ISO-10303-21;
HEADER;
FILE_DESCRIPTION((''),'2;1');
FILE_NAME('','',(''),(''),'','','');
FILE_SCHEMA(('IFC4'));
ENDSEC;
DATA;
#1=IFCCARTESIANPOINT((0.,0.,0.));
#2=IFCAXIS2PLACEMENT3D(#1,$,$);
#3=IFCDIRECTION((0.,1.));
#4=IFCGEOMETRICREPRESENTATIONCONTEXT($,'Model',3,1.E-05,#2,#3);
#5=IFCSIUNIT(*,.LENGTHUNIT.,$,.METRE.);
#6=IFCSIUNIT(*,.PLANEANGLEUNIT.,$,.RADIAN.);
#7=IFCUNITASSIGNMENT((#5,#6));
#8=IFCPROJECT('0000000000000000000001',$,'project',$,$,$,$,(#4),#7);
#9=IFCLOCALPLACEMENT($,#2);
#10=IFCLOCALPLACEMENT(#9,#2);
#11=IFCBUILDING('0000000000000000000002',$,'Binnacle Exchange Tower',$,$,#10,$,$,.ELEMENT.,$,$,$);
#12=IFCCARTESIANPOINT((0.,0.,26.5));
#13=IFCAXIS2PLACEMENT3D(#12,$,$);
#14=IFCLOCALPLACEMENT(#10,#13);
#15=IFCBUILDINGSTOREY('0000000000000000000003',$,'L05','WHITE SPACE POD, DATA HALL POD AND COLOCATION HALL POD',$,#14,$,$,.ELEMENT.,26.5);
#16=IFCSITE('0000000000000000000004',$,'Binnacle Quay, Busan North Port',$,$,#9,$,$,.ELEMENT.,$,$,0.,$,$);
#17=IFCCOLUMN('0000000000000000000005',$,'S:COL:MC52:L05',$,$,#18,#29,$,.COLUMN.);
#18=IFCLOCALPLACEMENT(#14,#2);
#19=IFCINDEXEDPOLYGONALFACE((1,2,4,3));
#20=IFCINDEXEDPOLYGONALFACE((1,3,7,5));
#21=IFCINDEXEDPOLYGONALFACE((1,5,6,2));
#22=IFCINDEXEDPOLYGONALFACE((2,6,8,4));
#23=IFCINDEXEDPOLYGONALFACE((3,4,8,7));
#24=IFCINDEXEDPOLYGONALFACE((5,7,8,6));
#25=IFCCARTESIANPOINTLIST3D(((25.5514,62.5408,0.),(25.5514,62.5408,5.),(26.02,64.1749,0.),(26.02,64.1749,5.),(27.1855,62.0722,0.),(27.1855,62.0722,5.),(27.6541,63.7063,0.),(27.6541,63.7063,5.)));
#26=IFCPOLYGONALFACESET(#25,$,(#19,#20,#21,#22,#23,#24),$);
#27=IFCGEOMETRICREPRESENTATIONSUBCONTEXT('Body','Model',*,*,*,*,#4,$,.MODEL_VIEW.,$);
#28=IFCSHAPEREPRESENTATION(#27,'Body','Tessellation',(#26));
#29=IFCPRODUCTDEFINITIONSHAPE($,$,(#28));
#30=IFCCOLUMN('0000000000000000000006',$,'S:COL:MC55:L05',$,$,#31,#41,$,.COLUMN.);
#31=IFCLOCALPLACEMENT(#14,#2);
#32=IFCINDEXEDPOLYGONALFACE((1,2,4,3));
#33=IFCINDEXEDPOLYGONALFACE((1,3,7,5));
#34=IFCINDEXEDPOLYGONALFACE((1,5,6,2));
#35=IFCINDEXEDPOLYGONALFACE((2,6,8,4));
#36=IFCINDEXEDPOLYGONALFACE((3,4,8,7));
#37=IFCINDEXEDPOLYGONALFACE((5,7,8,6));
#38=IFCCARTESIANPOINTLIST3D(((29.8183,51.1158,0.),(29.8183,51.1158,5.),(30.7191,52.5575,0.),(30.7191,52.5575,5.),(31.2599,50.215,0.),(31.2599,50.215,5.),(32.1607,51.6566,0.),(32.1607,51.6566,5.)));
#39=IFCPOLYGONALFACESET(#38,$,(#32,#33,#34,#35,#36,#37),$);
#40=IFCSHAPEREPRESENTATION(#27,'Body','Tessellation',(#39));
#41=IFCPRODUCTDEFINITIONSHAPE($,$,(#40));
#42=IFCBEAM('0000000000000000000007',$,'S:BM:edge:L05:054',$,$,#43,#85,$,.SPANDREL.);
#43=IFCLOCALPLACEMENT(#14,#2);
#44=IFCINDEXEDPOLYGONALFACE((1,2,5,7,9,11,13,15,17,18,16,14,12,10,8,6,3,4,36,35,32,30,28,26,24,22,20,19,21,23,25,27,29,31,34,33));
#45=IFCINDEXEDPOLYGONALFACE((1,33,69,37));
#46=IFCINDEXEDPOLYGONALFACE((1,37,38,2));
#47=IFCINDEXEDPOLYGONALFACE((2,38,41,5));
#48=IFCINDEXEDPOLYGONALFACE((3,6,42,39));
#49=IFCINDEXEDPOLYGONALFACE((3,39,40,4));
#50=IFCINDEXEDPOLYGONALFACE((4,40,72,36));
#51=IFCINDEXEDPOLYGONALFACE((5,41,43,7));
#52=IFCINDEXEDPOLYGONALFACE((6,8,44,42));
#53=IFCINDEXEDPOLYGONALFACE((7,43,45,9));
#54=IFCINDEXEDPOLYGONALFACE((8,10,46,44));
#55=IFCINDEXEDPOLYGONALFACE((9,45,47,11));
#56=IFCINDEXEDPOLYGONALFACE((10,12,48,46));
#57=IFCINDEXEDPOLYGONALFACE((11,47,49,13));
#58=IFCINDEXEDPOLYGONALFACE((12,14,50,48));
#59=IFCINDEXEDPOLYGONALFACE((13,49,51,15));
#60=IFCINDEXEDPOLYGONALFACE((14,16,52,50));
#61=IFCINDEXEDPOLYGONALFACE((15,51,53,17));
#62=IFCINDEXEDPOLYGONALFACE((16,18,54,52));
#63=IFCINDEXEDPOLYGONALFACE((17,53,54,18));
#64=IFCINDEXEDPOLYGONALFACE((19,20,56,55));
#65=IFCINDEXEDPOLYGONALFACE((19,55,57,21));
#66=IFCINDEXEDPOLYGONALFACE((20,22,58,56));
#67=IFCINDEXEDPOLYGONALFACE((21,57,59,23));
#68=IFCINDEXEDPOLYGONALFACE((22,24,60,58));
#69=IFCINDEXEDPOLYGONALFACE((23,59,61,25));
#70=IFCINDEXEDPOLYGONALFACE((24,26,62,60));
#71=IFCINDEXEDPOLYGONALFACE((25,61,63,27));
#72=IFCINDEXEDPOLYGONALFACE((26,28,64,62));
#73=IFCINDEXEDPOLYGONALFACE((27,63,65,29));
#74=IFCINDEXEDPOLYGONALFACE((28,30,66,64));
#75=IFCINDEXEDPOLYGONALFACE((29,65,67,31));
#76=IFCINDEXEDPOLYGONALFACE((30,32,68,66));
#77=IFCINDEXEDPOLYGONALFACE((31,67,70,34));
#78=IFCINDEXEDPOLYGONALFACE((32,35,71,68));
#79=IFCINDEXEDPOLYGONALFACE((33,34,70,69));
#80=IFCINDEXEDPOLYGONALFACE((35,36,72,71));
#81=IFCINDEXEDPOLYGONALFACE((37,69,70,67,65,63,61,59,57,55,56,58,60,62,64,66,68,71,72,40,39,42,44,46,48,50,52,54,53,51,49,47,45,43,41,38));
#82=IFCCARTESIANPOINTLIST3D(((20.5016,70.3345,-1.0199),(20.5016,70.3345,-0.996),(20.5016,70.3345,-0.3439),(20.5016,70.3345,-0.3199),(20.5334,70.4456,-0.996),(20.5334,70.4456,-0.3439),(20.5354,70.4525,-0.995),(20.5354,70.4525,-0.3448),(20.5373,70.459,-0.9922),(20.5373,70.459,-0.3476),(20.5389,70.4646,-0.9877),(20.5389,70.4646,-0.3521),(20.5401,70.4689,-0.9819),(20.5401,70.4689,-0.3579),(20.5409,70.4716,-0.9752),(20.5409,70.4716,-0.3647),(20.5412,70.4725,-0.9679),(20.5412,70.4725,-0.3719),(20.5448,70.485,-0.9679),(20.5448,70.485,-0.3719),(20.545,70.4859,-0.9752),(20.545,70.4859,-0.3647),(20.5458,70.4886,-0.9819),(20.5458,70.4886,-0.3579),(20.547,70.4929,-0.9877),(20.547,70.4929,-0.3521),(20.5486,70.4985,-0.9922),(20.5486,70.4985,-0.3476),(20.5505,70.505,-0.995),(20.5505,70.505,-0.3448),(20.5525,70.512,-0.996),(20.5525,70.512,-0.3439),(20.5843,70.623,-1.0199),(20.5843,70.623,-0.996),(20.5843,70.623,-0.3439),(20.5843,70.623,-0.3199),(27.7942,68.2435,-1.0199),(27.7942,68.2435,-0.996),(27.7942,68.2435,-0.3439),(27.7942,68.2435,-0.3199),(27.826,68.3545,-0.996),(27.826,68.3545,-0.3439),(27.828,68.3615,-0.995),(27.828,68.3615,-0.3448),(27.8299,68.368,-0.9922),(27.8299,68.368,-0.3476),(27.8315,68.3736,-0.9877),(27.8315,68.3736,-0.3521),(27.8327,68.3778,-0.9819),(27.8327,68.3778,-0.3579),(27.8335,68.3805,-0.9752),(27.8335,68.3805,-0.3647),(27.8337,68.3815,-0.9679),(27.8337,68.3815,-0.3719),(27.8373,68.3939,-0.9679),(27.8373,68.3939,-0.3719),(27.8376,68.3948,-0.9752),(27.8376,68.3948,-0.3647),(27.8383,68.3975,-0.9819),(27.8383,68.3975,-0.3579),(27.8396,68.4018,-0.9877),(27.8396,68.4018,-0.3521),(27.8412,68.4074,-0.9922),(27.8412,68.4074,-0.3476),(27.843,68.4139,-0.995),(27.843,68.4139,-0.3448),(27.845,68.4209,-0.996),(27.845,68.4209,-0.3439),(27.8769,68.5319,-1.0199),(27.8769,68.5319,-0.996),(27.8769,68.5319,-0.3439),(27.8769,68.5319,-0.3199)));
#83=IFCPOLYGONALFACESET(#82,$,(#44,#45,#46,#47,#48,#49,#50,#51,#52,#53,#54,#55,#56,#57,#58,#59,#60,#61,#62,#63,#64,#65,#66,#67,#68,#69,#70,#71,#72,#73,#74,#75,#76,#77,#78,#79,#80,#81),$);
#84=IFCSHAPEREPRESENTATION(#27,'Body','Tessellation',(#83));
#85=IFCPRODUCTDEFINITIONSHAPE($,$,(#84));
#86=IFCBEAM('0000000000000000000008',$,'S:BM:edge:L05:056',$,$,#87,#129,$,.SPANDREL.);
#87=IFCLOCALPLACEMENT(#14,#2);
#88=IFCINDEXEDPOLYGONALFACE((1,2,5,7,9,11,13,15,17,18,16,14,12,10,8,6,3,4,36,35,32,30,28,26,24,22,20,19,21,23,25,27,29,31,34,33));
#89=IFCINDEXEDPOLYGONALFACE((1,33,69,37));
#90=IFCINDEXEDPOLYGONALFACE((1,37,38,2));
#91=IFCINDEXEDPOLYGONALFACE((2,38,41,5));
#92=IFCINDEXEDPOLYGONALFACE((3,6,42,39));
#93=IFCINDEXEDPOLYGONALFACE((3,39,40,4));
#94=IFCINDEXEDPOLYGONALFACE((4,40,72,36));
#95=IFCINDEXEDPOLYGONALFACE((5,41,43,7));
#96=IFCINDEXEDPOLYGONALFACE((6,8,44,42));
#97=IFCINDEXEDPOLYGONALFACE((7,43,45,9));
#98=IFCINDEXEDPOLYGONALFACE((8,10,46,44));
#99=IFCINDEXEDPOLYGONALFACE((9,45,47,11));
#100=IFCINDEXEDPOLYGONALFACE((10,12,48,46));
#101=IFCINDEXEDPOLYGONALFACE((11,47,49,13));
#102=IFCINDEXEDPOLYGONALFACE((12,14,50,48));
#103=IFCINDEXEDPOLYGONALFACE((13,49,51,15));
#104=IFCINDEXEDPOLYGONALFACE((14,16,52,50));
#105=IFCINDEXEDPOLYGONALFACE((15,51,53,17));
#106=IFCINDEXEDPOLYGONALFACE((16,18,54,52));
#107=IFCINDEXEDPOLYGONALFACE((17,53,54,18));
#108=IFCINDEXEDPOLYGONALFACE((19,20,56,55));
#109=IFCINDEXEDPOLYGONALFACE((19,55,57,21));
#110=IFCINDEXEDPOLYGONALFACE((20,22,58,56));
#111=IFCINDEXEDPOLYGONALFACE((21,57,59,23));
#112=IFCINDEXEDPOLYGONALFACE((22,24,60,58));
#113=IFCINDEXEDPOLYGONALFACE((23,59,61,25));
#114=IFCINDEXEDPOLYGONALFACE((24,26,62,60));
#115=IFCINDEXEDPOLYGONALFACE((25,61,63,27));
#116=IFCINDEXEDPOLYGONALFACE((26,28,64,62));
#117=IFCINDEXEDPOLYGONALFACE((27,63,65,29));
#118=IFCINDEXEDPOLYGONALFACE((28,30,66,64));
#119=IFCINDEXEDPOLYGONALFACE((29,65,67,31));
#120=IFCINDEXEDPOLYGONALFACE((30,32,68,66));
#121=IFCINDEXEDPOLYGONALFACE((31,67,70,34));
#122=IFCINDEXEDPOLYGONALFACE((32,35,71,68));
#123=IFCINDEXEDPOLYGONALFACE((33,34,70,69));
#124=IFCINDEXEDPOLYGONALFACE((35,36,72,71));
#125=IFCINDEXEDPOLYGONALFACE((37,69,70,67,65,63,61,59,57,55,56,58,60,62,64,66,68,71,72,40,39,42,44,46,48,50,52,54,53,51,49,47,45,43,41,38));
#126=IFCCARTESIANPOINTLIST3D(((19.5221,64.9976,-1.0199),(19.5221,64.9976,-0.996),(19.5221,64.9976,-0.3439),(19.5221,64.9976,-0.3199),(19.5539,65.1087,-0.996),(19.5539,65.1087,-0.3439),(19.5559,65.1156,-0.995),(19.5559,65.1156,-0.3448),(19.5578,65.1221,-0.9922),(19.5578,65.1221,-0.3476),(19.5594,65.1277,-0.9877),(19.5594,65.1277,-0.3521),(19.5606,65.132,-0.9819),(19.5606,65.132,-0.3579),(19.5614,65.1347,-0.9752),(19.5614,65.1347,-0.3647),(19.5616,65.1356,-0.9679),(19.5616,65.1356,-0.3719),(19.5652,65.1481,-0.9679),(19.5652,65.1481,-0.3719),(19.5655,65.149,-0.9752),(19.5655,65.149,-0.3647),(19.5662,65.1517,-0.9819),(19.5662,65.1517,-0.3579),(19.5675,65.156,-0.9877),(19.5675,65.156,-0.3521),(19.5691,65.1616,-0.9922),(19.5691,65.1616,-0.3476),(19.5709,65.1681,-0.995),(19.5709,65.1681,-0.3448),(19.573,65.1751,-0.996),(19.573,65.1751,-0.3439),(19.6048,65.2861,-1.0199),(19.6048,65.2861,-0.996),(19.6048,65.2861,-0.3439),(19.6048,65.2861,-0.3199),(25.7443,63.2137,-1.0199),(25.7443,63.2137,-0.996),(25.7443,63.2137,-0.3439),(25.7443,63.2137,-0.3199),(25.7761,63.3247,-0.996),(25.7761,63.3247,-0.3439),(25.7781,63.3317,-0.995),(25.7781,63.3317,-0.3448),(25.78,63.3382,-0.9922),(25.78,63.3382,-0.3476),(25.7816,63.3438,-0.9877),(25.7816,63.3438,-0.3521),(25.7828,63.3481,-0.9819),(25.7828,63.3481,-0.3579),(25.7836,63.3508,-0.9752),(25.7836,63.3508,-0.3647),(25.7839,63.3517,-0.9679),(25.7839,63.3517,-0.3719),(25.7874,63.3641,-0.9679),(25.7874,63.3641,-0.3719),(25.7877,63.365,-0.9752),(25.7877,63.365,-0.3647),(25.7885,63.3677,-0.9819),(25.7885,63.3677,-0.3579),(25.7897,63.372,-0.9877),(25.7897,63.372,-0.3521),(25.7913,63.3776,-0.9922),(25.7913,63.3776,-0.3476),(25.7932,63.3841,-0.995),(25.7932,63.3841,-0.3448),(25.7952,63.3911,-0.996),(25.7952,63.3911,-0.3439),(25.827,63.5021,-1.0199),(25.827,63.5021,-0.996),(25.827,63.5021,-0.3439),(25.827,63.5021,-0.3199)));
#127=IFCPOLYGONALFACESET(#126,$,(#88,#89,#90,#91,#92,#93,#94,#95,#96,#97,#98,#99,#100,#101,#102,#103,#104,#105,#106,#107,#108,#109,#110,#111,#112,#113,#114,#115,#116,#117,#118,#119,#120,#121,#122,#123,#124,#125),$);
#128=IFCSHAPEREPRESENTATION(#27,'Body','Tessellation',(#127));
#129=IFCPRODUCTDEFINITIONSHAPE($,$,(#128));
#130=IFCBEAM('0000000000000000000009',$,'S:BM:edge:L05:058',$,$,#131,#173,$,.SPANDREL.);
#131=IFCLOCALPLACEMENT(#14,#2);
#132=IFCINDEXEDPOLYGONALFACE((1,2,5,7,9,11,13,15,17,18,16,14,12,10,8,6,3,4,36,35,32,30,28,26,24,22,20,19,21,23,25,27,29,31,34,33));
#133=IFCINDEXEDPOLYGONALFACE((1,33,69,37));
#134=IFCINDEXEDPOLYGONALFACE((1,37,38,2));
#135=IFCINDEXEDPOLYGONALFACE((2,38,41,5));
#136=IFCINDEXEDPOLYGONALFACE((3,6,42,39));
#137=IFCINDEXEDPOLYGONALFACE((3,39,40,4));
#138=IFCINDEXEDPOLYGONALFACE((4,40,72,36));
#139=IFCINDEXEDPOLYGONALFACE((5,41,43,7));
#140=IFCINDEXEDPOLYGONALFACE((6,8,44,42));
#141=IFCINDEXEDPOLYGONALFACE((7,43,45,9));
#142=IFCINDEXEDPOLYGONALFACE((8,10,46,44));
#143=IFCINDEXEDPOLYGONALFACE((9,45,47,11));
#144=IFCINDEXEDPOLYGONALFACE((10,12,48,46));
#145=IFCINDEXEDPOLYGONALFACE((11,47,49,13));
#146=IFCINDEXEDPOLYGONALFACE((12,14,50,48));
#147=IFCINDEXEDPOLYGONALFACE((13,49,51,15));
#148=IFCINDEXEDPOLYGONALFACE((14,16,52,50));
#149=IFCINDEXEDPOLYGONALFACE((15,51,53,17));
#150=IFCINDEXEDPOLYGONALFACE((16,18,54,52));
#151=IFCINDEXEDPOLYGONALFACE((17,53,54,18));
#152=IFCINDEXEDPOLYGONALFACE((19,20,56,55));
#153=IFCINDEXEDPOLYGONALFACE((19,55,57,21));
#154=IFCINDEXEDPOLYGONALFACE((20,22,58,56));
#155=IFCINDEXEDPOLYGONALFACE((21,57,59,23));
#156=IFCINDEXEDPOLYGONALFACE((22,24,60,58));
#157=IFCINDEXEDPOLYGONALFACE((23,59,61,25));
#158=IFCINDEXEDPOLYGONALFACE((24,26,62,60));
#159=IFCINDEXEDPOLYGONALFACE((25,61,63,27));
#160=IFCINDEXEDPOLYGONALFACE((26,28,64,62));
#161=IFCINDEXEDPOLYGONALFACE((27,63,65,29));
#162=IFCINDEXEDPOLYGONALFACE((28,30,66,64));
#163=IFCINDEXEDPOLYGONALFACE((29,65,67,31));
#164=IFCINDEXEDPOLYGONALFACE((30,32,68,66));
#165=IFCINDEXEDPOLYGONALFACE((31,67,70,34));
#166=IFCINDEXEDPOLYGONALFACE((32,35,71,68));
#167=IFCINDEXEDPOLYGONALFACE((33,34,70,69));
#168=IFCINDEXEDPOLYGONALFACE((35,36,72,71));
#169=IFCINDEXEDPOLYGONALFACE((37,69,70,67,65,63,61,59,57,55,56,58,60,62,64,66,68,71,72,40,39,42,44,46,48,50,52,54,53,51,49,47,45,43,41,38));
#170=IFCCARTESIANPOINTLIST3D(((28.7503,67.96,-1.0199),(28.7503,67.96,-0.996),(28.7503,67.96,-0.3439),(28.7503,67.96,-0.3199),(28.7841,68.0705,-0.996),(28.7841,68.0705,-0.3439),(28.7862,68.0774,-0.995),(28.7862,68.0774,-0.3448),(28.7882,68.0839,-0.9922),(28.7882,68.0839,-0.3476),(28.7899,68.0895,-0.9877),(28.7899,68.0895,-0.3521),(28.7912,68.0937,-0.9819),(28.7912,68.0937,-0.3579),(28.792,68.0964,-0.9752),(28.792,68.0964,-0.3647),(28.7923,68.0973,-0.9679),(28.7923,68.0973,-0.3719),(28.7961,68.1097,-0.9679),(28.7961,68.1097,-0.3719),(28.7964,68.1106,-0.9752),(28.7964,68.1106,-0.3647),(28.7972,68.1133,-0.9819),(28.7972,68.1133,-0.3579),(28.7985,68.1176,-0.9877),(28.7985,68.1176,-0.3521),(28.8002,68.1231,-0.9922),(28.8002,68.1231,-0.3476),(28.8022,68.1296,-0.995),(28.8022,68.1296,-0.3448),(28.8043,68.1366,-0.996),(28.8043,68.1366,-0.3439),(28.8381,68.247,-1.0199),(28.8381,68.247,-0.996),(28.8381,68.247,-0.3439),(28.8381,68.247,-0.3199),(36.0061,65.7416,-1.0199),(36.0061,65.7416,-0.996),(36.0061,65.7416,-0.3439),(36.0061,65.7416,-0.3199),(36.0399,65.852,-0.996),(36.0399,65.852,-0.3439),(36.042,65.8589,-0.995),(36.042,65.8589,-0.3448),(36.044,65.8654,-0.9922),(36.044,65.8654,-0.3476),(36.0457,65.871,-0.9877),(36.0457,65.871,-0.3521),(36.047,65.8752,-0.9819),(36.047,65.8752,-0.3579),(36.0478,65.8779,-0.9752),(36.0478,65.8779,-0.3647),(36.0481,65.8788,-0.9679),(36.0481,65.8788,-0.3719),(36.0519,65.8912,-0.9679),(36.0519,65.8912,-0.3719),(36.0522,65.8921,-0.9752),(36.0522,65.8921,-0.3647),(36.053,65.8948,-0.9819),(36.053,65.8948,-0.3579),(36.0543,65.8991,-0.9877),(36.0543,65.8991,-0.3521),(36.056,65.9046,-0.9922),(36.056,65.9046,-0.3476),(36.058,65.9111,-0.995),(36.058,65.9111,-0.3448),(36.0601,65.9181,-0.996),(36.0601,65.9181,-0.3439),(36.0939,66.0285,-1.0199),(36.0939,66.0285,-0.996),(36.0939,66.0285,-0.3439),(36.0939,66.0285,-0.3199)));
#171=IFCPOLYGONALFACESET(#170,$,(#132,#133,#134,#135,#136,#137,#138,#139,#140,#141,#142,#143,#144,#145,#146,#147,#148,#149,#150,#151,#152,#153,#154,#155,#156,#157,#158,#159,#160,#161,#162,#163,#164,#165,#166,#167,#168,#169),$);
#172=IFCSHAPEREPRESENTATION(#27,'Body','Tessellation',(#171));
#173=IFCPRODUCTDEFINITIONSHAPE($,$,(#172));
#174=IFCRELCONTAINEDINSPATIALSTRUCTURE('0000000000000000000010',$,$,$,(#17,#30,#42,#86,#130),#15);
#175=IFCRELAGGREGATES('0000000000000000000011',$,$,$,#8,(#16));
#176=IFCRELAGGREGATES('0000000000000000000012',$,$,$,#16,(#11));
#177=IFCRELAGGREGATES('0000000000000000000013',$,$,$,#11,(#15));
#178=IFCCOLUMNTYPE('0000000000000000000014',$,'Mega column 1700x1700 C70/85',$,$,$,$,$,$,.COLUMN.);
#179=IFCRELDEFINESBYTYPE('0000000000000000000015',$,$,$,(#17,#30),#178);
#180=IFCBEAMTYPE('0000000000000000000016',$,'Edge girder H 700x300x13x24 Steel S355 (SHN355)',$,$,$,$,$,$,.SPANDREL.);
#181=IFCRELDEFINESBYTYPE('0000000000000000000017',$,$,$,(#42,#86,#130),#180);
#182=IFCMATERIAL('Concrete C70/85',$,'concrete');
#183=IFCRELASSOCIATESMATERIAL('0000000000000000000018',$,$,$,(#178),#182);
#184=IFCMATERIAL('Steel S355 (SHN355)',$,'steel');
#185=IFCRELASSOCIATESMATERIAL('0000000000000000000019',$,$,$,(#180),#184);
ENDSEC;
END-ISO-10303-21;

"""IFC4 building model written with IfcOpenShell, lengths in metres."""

from ifc_helpers import new_model, si_unit, direction, frame, origin, origin_2d, place, context, subcontext, project, spatial, rectangle, i_section, extrude, material, material_profile, profile_set, type_object, element, save


model = new_model("IFC4")

# Units and contexts
model_context = context("Model", 3, precision=1e-05, world=origin(), true_north=direction((0.0, 1.0)))
body_context = subcontext(model_context, "Body", "Model", "MODEL_VIEW")
ifc_project = project(units=[si_unit("LENGTHUNIT", "METRE"), si_unit("PLANEANGLEUNIT", "RADIAN")], contexts=[model_context])

# Site, building, storey
site_placement = place(None, origin())
site = spatial("IfcSite", under=ifc_project, at=site_placement, Name="Binnacle Quay, Busan North Port", CompositionType="ELEMENT", RefElevation=0.0)
building_placement = place(site_placement, origin())
building = spatial("IfcBuilding", under=site, at=building_placement, Name="Binnacle Exchange Tower", CompositionType="ELEMENT")
storey_placement = place(building_placement, frame((0.0, 0.0, 26.5)))
storey = spatial("IfcBuildingStorey", under=building, at=storey_placement, Name="L05", Description="WHITE SPACE POD, DATA HALL POD AND COLOCATION HALL POD", CompositionType="ELEMENT", Elevation=26.5)

# Columns
ifc_material_1 = material(Name="Concrete C70/85", Category="concrete")
ifc_material_profile_1 = material_profile(ifc_material_1, rectangle(XDim=1.7, YDim=1.7, at=origin_2d()), Name="Mega column 1700x1700 C70/85")
ifc_profile_set_1 = profile_set([ifc_material_profile_1], Name="Concrete C70/85")
column_type = type_object("IfcColumnType", Name="Mega column 1700x1700 C70/85", PredefinedType="COLUMN", material=ifc_profile_set_1)
for number, where, z_axis, x_axis, name in (
    (1, (26.6028, 63.1235, 0.0), (0.0, 0.0, 1.0), (-0.961262, 0.275637, 0.0), "S:COL:MC52:L05"),
    (2, (30.9895, 51.3862, 0.0), (0.0, 0.0, 1.0), (0.529919, 0.848048, 0.0), "S:COL:MC55:L05"),
):
    element("IfcColumn", number, at=place(storey_placement, frame(where, z_axis=z_axis, x_axis=x_axis)), inside=storey, type_object=column_type, Name=name, PredefinedType="COLUMN", context=body_context, shape_type="SweptSolid", body=[
        extrude(rectangle(XDim=1.7, YDim=1.7, at=origin_2d()), origin(), (0.0, 0.0, 1.0), 5.0),
    ])

# Beams
ifc_material_2 = material(Name="Steel S355 (SHN355)", Category="steel")
ifc_material_profile_2 = material_profile(ifc_material_2, i_section(OverallWidth=0.3, OverallDepth=0.7, WebThickness=0.0129, FlangeThickness=0.0239, FilletRadius=0.0281, at=origin_2d()), Name="H 700x300x13x24")
ifc_profile_set_2 = profile_set([ifc_material_profile_2], Name="Steel S355 (SHN355)")
beam_type_1 = type_object("IfcBeamType", Name="Edge girder H 700x300x13x24 Steel S355 (SHN355)", PredefinedType="SPANDREL", material=ifc_profile_set_2)
beam_1_placement = place(storey_placement, frame((20.543, 70.4788, -0.6699), z_axis=(0.961262, -0.275635, 0.0), x_axis=(0.275635, 0.961262, 0.0)))
element("IfcBeam", 3, at=beam_1_placement, inside=storey, type_object=beam_type_1, Name="S:BM:edge:L05:054", PredefinedType="SPANDREL", context=body_context, shape_type="SweptSolid", body=[
    extrude(i_section(OverallWidth=0.3, OverallDepth=0.7, WebThickness=0.0129, FlangeThickness=0.0239, FilletRadius=0.0281, at=origin_2d()), origin(), (0.0, 0.0, 1.0), 7.5864),
])
beam_2_placement = place(storey_placement, frame((25.7856, 63.3579, -0.6699), z_axis=(-0.961272, 0.275603, 0.0), x_axis=(-0.275603, -0.961272, 0.0)))
element("IfcBeam", 4, at=beam_2_placement, inside=storey, type_object=beam_type_1, Name="S:BM:edge:L05:056", PredefinedType="SPANDREL", context=body_context, shape_type="SweptSolid", body=[
    extrude(i_section(OverallWidth=0.3, OverallDepth=0.7, WebThickness=0.0129, FlangeThickness=0.0239, FilletRadius=0.0281, at=origin_2d()), origin(), (0.0, 0.0, 1.0), 6.4729),
])
beam_3_placement = place(storey_placement, frame((28.7942, 68.1035, -0.6699), z_axis=(0.956299, -0.292392, 0.0), x_axis=(0.292392, 0.956299, 0.0)))
element("IfcBeam", 5, at=beam_3_placement, inside=storey, type_object=beam_type_1, Name="S:BM:edge:L05:058", PredefinedType="SPANDREL", context=body_context, shape_type="SweptSolid", body=[
    extrude(i_section(OverallWidth=0.3, OverallDepth=0.7, WebThickness=0.0129, FlangeThickness=0.0239, FilletRadius=0.0281, at=origin_2d()), origin(), (0.0, 0.0, 1.0), 7.5874),
])

save(model, "model.ifc")
